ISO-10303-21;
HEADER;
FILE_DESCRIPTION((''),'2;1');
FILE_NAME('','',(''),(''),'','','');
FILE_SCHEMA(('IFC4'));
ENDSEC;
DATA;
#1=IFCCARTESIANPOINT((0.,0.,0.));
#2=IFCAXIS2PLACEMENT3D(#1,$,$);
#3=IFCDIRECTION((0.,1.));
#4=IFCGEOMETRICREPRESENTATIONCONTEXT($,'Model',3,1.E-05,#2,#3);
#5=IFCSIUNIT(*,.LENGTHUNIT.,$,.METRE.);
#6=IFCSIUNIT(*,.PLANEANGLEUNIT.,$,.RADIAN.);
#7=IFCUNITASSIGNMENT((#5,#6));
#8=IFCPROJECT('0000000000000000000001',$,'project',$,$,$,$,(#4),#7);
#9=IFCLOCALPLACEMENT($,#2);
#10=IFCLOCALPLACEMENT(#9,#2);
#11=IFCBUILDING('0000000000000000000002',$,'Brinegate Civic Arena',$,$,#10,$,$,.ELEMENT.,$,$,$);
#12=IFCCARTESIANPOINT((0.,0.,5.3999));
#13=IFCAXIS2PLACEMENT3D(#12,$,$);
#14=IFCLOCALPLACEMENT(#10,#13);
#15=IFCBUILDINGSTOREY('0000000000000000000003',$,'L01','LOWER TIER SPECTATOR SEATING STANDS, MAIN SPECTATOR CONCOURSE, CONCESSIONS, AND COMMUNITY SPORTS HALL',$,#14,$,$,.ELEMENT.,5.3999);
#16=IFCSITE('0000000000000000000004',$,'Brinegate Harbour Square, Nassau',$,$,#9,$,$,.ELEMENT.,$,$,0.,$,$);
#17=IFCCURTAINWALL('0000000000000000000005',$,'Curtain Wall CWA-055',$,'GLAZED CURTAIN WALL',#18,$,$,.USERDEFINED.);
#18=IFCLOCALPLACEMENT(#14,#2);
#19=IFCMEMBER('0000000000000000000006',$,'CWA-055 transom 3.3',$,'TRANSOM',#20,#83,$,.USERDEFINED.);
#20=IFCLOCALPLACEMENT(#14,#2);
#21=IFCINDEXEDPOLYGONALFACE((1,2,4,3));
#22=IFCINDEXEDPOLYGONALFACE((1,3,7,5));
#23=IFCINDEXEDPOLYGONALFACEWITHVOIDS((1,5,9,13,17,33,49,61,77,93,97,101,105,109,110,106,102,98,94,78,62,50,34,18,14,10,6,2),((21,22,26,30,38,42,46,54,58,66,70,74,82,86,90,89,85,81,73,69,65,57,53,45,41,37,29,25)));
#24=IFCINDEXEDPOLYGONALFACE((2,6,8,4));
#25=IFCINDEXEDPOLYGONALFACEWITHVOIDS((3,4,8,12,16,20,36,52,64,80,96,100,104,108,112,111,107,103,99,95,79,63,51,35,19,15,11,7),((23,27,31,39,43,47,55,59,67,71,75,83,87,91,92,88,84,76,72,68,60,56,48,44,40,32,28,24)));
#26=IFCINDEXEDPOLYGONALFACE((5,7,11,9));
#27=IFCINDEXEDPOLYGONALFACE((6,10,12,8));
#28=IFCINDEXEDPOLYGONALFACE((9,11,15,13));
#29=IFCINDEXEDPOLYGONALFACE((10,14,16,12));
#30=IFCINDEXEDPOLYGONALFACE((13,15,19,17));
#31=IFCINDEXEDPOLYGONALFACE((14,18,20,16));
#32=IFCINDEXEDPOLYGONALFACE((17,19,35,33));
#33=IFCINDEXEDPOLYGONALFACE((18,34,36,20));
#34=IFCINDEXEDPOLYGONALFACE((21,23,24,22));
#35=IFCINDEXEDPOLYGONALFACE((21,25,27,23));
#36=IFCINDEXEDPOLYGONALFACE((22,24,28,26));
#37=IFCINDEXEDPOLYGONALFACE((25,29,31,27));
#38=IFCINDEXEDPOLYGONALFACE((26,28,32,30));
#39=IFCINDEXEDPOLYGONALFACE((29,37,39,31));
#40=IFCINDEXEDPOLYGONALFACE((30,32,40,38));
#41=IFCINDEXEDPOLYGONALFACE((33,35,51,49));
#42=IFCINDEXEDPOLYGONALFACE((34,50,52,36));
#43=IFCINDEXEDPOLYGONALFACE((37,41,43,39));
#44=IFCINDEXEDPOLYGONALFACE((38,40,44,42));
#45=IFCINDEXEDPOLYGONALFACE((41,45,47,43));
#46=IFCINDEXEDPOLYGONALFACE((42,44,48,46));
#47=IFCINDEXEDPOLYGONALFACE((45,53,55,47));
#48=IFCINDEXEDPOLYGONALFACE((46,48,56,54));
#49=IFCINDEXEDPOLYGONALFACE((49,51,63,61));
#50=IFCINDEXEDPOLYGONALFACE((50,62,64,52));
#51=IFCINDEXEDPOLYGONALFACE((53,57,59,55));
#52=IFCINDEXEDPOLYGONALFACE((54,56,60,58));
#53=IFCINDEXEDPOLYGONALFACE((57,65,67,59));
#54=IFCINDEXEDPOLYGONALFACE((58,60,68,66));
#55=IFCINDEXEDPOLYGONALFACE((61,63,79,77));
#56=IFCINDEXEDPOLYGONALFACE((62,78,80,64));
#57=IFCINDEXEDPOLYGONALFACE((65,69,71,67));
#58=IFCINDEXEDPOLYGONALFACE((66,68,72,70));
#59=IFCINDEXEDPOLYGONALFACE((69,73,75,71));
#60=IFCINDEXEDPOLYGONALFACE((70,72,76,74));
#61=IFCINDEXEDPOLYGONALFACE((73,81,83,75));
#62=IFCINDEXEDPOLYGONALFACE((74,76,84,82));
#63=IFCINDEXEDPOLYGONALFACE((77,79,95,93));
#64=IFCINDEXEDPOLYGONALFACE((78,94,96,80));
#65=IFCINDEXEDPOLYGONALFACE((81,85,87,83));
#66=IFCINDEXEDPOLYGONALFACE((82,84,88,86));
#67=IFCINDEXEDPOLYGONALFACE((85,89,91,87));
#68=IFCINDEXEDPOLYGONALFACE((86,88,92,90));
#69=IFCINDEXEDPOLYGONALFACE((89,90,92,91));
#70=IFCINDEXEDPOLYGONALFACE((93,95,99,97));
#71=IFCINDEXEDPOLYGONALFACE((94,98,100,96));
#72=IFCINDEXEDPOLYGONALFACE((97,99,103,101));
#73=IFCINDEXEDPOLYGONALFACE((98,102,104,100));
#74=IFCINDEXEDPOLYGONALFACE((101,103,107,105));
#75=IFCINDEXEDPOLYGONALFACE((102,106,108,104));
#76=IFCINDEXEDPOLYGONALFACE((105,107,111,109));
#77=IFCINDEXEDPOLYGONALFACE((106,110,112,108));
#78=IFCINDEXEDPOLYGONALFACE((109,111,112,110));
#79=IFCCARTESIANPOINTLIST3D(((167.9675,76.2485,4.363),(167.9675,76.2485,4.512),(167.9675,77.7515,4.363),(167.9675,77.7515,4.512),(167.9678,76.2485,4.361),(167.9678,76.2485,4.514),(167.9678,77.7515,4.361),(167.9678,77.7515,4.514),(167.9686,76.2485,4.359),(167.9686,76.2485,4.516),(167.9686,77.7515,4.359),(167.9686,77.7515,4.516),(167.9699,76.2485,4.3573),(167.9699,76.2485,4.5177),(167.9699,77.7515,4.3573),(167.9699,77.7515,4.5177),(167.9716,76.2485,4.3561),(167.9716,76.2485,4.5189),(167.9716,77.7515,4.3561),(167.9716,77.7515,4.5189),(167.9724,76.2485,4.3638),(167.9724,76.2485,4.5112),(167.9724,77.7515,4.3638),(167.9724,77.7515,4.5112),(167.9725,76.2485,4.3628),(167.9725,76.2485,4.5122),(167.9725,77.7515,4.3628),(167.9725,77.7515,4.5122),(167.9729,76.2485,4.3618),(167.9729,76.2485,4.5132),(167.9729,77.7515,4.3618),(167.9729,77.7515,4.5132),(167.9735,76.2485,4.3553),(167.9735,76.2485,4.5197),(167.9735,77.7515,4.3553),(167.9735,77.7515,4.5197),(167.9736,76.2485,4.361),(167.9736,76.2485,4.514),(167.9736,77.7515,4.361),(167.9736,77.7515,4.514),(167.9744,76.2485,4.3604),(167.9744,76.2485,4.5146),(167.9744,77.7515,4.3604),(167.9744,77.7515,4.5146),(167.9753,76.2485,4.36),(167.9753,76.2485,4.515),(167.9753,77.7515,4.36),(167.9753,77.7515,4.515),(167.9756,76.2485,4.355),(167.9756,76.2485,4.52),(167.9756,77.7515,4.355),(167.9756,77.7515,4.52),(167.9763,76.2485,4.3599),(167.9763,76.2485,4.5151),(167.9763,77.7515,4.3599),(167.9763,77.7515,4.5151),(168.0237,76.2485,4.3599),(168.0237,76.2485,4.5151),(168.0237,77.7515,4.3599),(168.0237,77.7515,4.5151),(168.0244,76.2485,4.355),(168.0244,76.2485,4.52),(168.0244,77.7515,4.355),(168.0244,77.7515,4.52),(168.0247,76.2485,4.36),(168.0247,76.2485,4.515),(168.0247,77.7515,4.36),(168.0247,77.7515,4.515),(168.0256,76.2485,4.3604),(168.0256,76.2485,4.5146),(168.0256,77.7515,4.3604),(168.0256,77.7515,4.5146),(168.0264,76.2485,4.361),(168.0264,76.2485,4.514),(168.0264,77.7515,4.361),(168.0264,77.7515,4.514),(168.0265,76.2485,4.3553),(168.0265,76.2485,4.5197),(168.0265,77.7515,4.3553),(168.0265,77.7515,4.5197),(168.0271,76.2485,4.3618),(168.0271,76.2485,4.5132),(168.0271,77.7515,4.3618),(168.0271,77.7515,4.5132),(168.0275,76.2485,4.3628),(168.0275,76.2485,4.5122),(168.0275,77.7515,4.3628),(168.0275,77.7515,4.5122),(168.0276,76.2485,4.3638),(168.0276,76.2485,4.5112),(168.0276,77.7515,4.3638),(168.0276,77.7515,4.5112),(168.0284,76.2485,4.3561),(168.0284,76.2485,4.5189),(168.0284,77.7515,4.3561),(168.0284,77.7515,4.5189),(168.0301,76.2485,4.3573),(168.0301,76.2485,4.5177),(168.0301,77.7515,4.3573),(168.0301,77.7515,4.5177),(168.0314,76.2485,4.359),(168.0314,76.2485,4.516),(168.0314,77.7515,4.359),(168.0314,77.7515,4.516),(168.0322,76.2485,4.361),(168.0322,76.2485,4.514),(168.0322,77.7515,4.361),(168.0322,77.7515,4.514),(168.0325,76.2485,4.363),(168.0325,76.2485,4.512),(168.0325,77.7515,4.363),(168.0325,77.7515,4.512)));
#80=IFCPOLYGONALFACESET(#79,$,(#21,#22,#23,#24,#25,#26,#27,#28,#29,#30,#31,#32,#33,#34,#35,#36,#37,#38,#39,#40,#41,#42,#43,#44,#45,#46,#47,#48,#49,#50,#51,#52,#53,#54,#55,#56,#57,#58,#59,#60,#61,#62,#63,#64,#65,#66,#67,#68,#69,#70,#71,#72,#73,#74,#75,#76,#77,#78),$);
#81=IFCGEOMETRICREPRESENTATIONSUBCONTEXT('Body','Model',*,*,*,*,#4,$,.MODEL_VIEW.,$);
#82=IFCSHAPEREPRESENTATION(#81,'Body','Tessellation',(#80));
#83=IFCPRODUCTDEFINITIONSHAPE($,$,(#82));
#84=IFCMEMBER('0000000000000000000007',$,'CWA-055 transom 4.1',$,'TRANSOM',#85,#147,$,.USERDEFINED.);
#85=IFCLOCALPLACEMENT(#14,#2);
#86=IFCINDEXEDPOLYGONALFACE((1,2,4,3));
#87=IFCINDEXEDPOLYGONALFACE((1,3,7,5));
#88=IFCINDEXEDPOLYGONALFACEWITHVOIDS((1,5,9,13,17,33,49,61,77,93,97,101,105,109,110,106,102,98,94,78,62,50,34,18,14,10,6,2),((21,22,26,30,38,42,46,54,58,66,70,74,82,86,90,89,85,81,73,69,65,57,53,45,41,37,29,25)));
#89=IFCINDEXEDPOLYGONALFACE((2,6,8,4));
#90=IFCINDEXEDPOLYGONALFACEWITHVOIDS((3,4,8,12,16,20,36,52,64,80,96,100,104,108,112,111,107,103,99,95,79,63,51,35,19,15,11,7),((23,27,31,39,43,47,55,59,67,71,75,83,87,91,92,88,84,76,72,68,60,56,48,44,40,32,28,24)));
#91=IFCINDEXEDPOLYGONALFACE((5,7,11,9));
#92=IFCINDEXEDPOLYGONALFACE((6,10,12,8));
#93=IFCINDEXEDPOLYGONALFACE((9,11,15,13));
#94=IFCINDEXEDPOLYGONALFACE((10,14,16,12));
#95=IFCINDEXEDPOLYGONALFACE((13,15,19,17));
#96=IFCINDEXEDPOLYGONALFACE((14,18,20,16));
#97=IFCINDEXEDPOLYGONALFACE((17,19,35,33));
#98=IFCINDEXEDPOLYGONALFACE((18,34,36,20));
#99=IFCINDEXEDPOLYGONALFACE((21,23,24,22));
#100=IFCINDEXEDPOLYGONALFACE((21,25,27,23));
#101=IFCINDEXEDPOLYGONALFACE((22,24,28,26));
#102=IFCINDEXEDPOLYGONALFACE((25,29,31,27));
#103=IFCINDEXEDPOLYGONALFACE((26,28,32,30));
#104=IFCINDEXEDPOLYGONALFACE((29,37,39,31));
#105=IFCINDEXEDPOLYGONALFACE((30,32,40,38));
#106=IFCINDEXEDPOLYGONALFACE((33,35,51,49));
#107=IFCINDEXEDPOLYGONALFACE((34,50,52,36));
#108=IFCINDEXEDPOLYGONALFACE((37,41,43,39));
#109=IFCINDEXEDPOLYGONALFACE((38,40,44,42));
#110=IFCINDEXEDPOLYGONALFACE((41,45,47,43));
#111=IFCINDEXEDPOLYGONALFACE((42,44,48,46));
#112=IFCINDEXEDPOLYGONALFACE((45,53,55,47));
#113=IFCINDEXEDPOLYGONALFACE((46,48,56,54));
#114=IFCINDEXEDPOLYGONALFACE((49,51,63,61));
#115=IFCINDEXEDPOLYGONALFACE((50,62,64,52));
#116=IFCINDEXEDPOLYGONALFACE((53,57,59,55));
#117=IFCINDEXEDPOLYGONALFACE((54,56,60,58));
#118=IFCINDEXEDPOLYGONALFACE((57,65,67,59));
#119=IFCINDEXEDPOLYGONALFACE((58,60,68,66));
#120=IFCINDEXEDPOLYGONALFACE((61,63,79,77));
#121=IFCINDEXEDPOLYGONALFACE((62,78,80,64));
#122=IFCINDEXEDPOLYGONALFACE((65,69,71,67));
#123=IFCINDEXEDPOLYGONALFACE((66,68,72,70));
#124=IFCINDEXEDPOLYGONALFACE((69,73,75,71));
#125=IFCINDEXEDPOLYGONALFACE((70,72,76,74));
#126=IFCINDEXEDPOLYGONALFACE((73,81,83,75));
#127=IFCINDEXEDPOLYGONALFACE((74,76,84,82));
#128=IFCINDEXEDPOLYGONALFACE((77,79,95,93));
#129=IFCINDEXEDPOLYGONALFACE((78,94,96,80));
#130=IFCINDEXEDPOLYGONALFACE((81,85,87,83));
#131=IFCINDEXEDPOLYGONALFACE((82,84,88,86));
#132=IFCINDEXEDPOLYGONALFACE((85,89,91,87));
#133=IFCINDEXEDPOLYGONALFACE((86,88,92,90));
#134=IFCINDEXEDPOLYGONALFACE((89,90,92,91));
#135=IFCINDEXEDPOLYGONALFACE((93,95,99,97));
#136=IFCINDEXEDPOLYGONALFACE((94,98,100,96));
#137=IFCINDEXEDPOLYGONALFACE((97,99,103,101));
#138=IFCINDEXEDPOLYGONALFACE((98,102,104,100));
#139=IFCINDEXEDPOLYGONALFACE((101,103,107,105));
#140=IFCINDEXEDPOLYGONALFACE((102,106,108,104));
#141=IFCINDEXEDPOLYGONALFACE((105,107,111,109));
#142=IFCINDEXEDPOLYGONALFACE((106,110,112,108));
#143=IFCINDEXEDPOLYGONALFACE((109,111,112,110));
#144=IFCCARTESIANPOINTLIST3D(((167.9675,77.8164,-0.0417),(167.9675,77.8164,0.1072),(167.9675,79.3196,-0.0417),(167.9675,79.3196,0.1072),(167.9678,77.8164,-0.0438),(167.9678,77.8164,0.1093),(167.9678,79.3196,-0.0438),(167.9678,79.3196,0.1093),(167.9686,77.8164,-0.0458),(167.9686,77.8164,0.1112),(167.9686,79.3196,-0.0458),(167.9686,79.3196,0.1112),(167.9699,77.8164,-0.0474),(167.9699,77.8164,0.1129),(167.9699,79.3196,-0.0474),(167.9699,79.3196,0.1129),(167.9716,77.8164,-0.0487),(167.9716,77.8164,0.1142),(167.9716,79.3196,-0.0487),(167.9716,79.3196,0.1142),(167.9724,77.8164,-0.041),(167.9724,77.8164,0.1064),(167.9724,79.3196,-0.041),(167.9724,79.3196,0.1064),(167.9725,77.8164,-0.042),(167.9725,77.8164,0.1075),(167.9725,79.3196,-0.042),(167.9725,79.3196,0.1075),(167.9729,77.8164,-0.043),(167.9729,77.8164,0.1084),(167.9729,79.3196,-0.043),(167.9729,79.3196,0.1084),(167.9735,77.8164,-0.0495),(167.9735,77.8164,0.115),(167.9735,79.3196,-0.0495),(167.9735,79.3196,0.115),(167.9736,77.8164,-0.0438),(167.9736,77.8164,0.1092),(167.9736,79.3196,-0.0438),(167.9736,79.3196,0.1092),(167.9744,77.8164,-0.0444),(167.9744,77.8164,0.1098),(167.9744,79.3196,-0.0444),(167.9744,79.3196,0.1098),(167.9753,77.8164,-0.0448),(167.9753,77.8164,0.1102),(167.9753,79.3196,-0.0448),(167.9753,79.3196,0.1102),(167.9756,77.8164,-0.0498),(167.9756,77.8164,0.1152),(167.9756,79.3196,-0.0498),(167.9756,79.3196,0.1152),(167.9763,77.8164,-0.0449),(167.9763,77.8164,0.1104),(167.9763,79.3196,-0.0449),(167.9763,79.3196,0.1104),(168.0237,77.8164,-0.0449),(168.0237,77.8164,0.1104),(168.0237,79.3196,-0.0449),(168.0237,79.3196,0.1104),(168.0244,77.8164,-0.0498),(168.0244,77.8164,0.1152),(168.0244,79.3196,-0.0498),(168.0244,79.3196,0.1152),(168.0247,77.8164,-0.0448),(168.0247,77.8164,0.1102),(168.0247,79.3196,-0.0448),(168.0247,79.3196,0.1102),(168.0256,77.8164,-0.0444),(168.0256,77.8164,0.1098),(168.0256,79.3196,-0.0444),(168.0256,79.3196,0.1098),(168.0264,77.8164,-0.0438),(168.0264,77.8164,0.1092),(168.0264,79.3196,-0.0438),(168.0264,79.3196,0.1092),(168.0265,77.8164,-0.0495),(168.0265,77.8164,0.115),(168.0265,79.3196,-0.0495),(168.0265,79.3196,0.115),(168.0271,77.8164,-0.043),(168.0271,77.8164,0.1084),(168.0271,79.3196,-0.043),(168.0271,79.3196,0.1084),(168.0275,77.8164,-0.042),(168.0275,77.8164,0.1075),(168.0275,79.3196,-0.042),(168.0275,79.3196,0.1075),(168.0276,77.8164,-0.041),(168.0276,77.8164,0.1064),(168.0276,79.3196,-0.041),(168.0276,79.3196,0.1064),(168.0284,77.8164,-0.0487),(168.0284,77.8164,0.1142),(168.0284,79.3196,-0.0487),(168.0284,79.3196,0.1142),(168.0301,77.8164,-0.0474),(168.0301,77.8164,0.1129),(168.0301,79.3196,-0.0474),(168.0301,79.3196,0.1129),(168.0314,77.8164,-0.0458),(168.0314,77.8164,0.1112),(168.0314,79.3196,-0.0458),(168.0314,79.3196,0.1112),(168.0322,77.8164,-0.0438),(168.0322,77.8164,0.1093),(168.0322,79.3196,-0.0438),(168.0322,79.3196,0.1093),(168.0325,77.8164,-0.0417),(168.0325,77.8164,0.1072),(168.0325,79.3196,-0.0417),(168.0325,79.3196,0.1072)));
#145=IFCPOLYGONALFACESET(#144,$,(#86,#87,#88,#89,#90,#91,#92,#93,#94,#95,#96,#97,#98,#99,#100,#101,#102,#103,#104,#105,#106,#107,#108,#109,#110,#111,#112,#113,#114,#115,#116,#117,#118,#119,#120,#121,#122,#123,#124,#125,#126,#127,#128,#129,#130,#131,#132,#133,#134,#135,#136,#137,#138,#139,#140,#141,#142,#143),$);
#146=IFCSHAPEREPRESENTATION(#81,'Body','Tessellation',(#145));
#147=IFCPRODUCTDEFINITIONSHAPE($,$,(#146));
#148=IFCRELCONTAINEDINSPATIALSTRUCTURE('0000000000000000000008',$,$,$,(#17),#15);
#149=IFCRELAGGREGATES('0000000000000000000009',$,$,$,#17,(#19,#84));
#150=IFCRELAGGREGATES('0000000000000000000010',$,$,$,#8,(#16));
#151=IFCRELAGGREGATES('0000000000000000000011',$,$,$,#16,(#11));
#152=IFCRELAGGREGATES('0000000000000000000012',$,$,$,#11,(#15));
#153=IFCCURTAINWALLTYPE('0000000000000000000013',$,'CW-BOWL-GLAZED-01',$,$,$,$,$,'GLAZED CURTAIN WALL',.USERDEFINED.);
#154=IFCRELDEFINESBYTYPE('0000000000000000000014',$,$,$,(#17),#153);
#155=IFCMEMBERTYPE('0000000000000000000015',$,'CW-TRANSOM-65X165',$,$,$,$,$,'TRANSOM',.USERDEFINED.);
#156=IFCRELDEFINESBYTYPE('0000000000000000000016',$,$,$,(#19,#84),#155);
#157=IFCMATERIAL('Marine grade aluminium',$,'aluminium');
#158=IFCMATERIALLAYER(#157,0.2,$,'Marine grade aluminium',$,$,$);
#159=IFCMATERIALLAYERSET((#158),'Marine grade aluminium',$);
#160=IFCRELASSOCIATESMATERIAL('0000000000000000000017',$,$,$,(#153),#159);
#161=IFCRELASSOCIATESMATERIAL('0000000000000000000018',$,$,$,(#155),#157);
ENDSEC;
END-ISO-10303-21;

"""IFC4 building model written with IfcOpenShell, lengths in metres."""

from ifc_helpers import new_model, si_unit, direction, frame, origin, origin_2d, place, context, subcontext, project, spatial, hollow_rectangle, extrude, material, layer, layer_set, material_profile, profile_set, type_object, element, aggregate, save


model = new_model("IFC4")

# Units and contexts
model_context = context("Model", 3, precision=1e-05, world=origin(), true_north=direction((0.0, 1.0)))
body_context = subcontext(model_context, "Body", "Model", "MODEL_VIEW")
ifc_project = project(units=[si_unit("LENGTHUNIT", "METRE"), si_unit("PLANEANGLEUNIT", "RADIAN")], contexts=[model_context])

# Site, building, storey
site_placement = place(None, origin())
site = spatial("IfcSite", under=ifc_project, at=site_placement, Name="Brinegate Harbour Square, Nassau", CompositionType="ELEMENT", RefElevation=0.0)
building_placement = place(site_placement, origin())
building = spatial("IfcBuilding", under=site, at=building_placement, Name="Brinegate Civic Arena", CompositionType="ELEMENT")
storey_placement = place(building_placement, frame((0.0, 0.0, 5.3999)))
storey = spatial("IfcBuildingStorey", under=building, at=storey_placement, Name="L01", Description="LOWER TIER SPECTATOR SEATING STANDS, MAIN SPECTATOR CONCOURSE, CONCESSIONS, AND COMMUNITY SPORTS HALL", CompositionType="ELEMENT", Elevation=5.3999)

# Curtain wall, members
ifc_material_1 = material(Name="Marine grade aluminium", Category="aluminium")
ifc_layer_1 = layer(ifc_material_1, 0.2, Name="Marine grade aluminium")
ifc_layer_set_1 = layer_set([ifc_layer_1], Name="Marine grade aluminium")
curtain_wall_type = type_object("IfcCurtainWallType", Name="CW-BOWL-GLAZED-01", ElementType="GLAZED CURTAIN WALL", PredefinedType="USERDEFINED", material=ifc_layer_set_1)
curtain_wall_placement = place(storey_placement, origin())
curtain_wall = element("IfcCurtainWall", 1, at=curtain_wall_placement, inside=storey, type_object=curtain_wall_type, Name="Curtain Wall CWA-055", ObjectType="GLAZED CURTAIN WALL", PredefinedType="USERDEFINED")
ifc_material_profile_1 = material_profile(ifc_material_1, hollow_rectangle(XDim=0.0649, YDim=0.165, WallThickness=0.0049, InnerFilletRadius=0.0039, OuterFilletRadius=0.0081, at=origin_2d()), Name="TRN65X165")
ifc_profile_set_1 = profile_set([ifc_material_profile_1], Name="Marine grade aluminium")
member_type_1 = type_object("IfcMemberType", Name="CW-TRANSOM-65X165", ElementType="TRANSOM", PredefinedType="USERDEFINED", material=ifc_profile_set_1)
member_1_placement = place(storey_placement, frame((168.0, 76.2485, 4.4375), z_axis=(0.0, 1.0, 0.0), x_axis=(-1.0, 0.0, 0.0)))
member_1 = element("IfcMember", 2, at=member_1_placement, type_object=member_type_1, Name="CWA-055 transom 3.3", ObjectType="TRANSOM", PredefinedType="USERDEFINED", context=body_context, shape_type="SweptSolid", body=[
    extrude(hollow_rectangle(XDim=0.0649, YDim=0.165, WallThickness=0.0049, InnerFilletRadius=0.0039, OuterFilletRadius=0.0081, at=origin_2d()), origin(), (0.0, 0.0, 1.0), 1.5029),
])
member_2_placement = place(storey_placement, frame((168.0, 77.8164, 0.0327), z_axis=(0.0, 1.0, 0.0), x_axis=(-1.0, 0.0, 0.0)))
member_2 = element("IfcMember", 3, at=member_2_placement, type_object=member_type_1, Name="CWA-055 transom 4.1", ObjectType="TRANSOM", PredefinedType="USERDEFINED", context=body_context, shape_type="SweptSolid", body=[
    extrude(hollow_rectangle(XDim=0.0649, YDim=0.165, WallThickness=0.0049, InnerFilletRadius=0.0039, OuterFilletRadius=0.0081, at=origin_2d()), origin(), (0.0, 0.0, 1.0), 1.5032),
])
aggregate(curtain_wall, [member_1, member_2])

save(model, "model.ifc")
